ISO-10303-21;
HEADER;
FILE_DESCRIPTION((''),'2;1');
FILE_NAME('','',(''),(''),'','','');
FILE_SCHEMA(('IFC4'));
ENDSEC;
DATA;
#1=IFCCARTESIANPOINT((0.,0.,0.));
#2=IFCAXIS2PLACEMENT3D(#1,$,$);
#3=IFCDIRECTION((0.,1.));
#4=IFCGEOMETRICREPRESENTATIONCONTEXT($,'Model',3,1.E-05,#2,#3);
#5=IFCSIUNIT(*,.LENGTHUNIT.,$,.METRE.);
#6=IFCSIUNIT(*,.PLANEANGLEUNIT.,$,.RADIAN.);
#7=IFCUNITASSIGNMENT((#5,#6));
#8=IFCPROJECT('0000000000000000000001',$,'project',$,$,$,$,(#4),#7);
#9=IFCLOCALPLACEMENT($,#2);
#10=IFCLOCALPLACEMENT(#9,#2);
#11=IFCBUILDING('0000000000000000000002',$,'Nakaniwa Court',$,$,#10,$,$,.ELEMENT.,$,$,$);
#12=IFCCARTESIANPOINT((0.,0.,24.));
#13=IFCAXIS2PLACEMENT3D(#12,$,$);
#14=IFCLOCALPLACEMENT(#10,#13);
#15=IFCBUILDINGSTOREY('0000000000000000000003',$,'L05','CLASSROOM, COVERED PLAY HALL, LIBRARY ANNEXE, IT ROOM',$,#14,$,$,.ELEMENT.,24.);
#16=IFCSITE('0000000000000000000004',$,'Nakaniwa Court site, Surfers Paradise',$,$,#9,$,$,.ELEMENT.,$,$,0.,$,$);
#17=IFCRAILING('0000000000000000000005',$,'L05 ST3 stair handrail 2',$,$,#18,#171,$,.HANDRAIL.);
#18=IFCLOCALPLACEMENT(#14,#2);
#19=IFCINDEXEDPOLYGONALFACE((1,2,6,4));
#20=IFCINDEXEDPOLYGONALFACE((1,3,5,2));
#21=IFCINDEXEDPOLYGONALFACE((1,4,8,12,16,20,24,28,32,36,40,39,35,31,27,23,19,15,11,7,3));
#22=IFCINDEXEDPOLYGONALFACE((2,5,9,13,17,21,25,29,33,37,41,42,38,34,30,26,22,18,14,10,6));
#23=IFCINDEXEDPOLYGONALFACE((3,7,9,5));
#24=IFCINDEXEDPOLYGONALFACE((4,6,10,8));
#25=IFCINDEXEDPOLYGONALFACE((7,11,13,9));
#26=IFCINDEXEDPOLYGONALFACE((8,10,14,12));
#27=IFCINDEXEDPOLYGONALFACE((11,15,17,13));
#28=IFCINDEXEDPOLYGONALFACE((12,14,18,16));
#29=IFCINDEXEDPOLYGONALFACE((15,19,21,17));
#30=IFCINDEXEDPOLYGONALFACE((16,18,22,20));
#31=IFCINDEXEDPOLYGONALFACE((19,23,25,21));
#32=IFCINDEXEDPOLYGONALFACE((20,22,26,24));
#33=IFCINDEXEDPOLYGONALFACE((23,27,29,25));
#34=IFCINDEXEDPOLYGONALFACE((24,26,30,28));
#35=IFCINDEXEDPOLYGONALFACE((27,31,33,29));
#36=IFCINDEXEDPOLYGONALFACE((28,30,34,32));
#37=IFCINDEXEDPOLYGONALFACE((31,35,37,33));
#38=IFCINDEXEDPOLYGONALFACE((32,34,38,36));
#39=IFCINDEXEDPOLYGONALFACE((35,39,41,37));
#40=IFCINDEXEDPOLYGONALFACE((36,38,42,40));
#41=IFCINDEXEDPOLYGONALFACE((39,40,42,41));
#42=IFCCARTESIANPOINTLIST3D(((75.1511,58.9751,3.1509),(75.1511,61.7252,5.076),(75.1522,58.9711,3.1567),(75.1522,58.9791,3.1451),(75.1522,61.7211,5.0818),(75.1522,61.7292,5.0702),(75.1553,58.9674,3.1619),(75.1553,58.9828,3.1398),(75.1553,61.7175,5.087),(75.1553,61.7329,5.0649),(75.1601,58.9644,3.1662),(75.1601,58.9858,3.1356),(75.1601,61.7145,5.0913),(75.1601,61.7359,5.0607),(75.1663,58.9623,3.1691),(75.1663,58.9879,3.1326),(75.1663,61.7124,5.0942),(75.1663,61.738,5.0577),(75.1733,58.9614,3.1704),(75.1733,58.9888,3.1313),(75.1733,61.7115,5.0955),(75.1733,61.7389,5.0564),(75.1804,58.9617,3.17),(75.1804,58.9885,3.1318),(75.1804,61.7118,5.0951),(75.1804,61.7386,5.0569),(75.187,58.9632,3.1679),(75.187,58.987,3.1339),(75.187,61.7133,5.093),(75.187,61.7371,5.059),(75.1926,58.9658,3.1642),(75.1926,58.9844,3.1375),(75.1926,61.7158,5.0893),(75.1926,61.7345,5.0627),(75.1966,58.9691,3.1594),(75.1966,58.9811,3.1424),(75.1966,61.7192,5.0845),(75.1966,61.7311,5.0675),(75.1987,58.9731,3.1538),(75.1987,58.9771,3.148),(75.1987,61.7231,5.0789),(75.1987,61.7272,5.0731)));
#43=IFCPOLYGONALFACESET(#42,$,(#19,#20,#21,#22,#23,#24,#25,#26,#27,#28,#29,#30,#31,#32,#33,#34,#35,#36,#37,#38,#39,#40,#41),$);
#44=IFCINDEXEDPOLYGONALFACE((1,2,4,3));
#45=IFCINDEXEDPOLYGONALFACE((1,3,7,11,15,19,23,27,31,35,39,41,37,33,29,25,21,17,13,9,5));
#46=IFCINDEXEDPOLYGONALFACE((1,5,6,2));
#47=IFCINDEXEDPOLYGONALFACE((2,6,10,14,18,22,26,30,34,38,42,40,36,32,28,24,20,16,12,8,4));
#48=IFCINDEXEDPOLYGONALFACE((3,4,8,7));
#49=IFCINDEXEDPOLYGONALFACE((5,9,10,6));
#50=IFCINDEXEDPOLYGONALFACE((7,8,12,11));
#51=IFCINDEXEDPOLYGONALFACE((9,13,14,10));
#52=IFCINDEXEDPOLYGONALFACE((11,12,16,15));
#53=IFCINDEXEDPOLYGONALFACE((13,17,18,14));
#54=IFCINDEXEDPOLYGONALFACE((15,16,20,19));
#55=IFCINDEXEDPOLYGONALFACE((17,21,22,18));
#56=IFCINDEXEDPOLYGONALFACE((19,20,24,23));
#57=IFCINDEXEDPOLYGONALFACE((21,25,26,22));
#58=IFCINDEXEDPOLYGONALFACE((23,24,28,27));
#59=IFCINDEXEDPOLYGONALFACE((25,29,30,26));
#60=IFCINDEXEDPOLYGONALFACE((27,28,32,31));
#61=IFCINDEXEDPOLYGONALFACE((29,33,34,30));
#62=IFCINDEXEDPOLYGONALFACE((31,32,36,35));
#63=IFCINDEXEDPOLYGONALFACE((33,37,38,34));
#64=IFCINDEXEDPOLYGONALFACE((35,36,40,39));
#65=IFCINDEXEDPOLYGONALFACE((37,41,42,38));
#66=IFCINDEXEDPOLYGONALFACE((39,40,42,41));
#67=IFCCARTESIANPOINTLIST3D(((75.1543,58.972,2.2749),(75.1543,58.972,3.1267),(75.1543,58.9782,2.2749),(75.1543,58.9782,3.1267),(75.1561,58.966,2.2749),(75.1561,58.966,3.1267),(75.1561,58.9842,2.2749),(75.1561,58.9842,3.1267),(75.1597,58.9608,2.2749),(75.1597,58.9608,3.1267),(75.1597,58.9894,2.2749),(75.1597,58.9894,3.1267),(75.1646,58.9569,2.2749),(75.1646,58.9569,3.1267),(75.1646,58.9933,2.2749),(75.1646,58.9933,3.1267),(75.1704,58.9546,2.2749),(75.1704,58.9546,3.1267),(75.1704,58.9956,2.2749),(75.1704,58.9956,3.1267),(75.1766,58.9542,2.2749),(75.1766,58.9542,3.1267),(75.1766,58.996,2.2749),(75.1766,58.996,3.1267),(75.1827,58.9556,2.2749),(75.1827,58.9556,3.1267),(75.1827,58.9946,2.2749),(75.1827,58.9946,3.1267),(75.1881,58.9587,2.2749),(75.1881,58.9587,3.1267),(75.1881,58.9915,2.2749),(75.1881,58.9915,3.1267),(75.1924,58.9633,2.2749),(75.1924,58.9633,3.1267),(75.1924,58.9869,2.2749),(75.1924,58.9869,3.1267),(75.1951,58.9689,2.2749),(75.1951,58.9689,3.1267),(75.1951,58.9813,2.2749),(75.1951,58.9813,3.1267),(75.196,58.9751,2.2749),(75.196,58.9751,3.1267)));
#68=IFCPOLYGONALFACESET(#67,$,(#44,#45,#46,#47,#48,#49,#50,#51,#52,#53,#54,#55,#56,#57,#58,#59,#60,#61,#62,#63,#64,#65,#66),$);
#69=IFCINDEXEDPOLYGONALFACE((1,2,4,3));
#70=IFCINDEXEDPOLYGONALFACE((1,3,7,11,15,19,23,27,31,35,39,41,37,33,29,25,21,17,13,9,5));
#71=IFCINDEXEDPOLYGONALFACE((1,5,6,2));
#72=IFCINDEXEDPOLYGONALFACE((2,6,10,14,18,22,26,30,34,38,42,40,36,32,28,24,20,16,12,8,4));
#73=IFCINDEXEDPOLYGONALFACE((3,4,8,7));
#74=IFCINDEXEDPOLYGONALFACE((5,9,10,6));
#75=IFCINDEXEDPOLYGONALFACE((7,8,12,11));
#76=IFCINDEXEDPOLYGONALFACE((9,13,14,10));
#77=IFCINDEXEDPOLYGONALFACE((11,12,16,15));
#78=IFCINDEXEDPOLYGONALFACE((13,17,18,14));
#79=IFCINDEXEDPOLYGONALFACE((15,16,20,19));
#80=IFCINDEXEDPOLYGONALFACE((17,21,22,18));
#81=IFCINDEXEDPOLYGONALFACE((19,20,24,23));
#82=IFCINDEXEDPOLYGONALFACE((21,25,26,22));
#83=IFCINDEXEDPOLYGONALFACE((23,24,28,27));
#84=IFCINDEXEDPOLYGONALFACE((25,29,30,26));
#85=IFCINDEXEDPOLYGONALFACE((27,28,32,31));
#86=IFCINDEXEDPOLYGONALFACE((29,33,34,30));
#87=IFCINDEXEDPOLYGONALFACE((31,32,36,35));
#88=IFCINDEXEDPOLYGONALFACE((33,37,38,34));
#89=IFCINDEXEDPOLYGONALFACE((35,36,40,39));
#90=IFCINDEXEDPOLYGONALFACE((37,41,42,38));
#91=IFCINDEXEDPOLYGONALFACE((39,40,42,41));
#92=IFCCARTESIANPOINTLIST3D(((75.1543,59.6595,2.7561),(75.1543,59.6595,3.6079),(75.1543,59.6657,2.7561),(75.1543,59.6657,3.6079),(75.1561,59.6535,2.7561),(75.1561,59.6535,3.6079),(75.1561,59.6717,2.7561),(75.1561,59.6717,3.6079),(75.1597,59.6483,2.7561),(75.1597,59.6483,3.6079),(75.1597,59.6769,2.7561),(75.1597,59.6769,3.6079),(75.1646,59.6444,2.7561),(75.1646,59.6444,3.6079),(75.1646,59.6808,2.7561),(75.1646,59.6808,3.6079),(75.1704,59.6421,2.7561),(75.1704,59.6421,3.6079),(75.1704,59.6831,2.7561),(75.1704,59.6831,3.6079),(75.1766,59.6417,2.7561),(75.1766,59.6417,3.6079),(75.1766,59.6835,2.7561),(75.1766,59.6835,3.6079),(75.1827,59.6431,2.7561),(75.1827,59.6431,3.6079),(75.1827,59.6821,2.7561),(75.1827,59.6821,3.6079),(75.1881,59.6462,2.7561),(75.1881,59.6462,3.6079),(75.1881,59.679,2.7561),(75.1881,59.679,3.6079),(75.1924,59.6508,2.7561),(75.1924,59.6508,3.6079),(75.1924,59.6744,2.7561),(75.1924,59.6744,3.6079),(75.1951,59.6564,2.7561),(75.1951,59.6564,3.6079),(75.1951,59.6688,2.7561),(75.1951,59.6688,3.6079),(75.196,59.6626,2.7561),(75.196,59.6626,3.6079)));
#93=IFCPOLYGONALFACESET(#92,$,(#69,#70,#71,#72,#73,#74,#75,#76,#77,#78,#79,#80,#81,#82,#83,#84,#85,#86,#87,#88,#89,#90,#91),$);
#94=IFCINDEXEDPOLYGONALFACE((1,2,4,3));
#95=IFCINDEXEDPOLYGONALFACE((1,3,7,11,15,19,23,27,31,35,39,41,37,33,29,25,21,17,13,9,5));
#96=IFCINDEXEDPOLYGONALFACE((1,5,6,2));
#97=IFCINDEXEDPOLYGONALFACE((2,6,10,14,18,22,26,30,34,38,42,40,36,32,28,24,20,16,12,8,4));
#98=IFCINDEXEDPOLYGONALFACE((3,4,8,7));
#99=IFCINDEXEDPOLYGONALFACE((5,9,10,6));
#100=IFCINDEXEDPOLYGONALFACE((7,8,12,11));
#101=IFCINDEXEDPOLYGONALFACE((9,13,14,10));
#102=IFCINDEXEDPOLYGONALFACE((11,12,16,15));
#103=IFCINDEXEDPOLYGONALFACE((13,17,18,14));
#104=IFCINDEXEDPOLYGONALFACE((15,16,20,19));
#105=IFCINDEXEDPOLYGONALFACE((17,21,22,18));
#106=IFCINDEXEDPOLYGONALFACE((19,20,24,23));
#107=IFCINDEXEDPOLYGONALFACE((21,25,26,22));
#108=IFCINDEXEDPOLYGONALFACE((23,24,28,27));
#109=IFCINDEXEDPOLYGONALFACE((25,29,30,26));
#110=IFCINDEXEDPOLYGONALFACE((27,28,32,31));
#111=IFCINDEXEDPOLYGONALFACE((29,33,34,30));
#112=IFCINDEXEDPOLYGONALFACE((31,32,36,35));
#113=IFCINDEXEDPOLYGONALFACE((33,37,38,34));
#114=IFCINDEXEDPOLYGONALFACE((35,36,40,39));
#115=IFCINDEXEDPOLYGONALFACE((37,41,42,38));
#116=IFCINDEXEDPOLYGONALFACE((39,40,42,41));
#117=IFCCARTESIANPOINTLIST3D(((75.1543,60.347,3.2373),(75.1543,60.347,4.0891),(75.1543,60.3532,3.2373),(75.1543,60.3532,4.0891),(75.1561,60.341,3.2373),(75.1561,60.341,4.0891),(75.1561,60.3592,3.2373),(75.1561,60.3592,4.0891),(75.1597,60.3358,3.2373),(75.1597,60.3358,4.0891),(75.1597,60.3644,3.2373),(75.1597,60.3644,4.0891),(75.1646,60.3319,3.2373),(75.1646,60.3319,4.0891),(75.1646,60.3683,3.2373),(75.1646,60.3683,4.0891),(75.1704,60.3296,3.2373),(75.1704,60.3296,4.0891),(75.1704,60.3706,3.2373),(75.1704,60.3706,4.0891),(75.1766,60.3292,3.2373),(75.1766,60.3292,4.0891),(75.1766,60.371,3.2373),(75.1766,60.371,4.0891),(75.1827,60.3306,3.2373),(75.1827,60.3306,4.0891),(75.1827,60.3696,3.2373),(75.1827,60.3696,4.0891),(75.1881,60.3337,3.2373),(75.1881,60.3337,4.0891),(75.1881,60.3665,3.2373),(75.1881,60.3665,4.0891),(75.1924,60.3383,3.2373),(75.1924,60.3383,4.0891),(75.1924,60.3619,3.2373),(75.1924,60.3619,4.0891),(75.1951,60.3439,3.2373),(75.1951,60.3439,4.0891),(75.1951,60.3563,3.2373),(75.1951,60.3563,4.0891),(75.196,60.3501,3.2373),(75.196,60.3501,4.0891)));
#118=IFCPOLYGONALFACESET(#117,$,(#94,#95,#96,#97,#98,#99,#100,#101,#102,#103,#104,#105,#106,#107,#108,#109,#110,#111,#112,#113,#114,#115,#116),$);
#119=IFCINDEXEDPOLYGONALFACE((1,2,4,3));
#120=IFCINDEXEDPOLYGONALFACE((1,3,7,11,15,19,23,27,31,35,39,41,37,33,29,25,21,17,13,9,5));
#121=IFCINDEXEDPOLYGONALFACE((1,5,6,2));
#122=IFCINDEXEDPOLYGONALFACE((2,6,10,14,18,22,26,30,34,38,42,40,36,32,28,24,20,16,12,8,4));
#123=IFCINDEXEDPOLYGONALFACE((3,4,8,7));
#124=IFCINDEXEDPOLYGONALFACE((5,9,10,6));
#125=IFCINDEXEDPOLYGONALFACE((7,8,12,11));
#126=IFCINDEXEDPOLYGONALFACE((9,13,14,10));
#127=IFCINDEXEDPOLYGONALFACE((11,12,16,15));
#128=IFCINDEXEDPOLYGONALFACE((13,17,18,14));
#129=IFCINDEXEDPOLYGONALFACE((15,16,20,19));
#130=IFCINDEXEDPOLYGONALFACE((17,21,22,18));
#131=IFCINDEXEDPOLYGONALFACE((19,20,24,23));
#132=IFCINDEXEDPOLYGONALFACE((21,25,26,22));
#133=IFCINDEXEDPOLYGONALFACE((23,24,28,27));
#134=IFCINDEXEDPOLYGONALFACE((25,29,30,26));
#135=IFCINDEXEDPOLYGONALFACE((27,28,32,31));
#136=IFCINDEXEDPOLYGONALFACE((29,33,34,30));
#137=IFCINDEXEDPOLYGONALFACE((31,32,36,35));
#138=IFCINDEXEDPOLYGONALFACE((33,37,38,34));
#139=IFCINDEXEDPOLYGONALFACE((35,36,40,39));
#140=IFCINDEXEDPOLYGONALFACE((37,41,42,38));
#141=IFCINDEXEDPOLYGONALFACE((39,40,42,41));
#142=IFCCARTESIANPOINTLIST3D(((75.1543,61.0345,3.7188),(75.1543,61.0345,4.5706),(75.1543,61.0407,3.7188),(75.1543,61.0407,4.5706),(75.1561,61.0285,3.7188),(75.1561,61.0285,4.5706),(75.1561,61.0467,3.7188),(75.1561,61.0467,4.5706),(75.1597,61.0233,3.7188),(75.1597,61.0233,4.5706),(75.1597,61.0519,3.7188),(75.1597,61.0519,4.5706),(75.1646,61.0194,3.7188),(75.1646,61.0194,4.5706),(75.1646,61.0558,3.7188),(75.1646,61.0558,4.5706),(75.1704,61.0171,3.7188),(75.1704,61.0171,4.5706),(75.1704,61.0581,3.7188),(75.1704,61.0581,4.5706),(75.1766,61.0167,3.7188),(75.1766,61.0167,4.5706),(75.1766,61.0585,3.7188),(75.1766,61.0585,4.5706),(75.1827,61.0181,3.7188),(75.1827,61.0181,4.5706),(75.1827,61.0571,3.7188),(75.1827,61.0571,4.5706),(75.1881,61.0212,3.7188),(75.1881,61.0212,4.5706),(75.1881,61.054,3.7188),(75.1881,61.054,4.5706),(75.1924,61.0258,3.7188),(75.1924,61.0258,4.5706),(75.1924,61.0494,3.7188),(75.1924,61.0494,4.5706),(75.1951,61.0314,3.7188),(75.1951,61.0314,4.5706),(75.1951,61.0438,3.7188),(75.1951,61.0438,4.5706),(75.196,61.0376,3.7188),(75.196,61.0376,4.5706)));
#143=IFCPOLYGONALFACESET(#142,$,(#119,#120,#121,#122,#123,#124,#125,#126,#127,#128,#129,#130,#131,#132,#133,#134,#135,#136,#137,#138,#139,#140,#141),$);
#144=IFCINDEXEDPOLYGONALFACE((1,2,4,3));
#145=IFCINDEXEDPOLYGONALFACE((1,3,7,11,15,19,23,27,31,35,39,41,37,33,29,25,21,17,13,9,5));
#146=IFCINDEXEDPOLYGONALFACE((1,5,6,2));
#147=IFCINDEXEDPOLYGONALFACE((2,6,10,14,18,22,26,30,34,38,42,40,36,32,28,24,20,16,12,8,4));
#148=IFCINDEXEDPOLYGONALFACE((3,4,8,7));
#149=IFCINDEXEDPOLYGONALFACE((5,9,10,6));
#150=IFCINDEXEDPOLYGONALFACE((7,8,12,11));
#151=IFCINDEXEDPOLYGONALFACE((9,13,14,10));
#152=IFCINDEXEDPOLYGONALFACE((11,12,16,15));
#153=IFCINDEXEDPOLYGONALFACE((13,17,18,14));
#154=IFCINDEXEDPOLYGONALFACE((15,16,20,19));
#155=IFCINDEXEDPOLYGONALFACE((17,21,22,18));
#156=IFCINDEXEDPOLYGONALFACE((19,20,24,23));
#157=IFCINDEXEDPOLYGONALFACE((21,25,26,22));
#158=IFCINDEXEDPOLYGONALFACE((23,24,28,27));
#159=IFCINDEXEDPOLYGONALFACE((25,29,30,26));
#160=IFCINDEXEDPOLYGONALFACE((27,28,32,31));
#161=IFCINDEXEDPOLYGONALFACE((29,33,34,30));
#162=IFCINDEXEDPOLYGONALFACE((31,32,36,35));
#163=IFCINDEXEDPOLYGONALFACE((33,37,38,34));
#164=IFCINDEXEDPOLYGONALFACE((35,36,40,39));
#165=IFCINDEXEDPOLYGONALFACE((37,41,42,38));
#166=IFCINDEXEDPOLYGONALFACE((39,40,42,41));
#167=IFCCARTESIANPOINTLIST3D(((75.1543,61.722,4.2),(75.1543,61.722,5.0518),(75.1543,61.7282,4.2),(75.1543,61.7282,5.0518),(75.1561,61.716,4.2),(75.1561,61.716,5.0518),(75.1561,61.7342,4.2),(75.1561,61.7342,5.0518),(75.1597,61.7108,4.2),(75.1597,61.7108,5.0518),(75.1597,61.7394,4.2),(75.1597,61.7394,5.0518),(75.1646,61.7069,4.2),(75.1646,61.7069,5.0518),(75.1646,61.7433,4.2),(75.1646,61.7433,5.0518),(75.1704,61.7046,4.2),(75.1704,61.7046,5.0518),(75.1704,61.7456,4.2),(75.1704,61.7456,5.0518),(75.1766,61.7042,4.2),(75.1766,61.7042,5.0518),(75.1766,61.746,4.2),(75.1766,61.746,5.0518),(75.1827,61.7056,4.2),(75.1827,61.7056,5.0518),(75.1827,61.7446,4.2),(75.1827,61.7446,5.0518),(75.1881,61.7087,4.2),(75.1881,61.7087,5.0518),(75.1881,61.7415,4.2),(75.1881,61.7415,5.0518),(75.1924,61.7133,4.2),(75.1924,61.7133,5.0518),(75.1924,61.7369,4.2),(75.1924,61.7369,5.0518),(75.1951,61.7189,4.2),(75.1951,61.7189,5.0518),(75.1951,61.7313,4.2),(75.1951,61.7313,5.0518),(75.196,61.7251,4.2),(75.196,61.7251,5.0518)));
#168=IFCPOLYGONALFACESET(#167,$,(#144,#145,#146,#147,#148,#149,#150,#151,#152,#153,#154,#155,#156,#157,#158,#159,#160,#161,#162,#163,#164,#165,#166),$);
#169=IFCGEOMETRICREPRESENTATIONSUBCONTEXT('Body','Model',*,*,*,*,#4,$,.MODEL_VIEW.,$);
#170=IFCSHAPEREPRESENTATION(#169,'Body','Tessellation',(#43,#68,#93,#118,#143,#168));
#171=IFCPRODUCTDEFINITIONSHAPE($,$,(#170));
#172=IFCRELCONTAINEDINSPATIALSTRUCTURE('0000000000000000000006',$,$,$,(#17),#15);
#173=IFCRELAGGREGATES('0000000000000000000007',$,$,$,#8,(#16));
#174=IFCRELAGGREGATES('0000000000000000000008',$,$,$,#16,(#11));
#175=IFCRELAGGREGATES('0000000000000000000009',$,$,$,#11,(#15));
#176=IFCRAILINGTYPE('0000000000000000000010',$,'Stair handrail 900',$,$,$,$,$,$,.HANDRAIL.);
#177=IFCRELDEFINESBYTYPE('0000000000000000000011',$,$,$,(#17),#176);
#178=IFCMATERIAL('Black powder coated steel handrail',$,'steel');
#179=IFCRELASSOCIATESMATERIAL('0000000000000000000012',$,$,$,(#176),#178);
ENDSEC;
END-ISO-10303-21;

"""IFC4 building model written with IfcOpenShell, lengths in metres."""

from ifc_helpers import new_model, si_unit, direction, frame, origin, origin_2d, place, context, subcontext, project, spatial, circle, extrude, material, type_object, element, save


model = new_model("IFC4")

# Units and contexts
model_context = context("Model", 3, precision=1e-05, world=origin(), true_north=direction((0.0, 1.0)))
body_context = subcontext(model_context, "Body", "Model", "MODEL_VIEW")
ifc_project = project(units=[si_unit("LENGTHUNIT", "METRE"), si_unit("PLANEANGLEUNIT", "RADIAN")], contexts=[model_context])

# Site, building, storey
site_placement = place(None, origin())
site = spatial("IfcSite", under=ifc_project, at=site_placement, Name="Nakaniwa Court site, Surfers Paradise", CompositionType="ELEMENT", RefElevation=0.0)
building_placement = place(site_placement, origin())
building = spatial("IfcBuilding", under=site, at=building_placement, Name="Nakaniwa Court", CompositionType="ELEMENT")
storey_placement = place(building_placement, frame((0.0, 0.0, 24.0)))
storey = spatial("IfcBuildingStorey", under=building, at=storey_placement, Name="L05", Description="CLASSROOM, COVERED PLAY HALL, LIBRARY ANNEXE, IT ROOM", CompositionType="ELEMENT", Elevation=24.0)

# Railing
ifc_material_1 = material(Name="Black powder coated steel handrail", Category="steel")
railing_type_1 = type_object("IfcRailingType", Name="Stair handrail 900", PredefinedType="HANDRAIL", material=ifc_material_1)
railing_1_placement = place(storey_placement, frame((75.175, 58.9751, 2.2749)))
element("IfcRailing", 1, at=railing_1_placement, inside=storey, type_object=railing_type_1, Name="L05 ST3 stair handrail 2", PredefinedType="HANDRAIL", context=body_context, shape_type="SweptSolid", body=[
    extrude(circle(Radius=0.0239, at=origin_2d()), frame((0.0, 0.0, 0.876), z_axis=(0.0, 0.819225, 0.573472), x_axis=(-1.0, 0.0, 0.0)), (0.0, 0.0, 1.0), 3.3569),
    extrude(circle(Radius=0.021, at=origin_2d()), origin(), (0.0, 0.0, 1.0), 0.8518),
    extrude(circle(Radius=0.021, at=origin_2d()), frame((0.0, 0.6875, 0.4812)), (0.0, 0.0, 1.0), 0.8518),
    extrude(circle(Radius=0.021, at=origin_2d()), frame((0.0, 1.375, 0.9624)), (0.0, 0.0, 1.0), 0.8518),
    extrude(circle(Radius=0.021, at=origin_2d()), frame((0.0, 2.0625, 1.4438)), (0.0, 0.0, 1.0), 0.8518),
    extrude(circle(Radius=0.021, at=origin_2d()), frame((0.0, 2.75, 1.925)), (0.0, 0.0, 1.0), 0.8518),
])

save(model, "model.ifc")
